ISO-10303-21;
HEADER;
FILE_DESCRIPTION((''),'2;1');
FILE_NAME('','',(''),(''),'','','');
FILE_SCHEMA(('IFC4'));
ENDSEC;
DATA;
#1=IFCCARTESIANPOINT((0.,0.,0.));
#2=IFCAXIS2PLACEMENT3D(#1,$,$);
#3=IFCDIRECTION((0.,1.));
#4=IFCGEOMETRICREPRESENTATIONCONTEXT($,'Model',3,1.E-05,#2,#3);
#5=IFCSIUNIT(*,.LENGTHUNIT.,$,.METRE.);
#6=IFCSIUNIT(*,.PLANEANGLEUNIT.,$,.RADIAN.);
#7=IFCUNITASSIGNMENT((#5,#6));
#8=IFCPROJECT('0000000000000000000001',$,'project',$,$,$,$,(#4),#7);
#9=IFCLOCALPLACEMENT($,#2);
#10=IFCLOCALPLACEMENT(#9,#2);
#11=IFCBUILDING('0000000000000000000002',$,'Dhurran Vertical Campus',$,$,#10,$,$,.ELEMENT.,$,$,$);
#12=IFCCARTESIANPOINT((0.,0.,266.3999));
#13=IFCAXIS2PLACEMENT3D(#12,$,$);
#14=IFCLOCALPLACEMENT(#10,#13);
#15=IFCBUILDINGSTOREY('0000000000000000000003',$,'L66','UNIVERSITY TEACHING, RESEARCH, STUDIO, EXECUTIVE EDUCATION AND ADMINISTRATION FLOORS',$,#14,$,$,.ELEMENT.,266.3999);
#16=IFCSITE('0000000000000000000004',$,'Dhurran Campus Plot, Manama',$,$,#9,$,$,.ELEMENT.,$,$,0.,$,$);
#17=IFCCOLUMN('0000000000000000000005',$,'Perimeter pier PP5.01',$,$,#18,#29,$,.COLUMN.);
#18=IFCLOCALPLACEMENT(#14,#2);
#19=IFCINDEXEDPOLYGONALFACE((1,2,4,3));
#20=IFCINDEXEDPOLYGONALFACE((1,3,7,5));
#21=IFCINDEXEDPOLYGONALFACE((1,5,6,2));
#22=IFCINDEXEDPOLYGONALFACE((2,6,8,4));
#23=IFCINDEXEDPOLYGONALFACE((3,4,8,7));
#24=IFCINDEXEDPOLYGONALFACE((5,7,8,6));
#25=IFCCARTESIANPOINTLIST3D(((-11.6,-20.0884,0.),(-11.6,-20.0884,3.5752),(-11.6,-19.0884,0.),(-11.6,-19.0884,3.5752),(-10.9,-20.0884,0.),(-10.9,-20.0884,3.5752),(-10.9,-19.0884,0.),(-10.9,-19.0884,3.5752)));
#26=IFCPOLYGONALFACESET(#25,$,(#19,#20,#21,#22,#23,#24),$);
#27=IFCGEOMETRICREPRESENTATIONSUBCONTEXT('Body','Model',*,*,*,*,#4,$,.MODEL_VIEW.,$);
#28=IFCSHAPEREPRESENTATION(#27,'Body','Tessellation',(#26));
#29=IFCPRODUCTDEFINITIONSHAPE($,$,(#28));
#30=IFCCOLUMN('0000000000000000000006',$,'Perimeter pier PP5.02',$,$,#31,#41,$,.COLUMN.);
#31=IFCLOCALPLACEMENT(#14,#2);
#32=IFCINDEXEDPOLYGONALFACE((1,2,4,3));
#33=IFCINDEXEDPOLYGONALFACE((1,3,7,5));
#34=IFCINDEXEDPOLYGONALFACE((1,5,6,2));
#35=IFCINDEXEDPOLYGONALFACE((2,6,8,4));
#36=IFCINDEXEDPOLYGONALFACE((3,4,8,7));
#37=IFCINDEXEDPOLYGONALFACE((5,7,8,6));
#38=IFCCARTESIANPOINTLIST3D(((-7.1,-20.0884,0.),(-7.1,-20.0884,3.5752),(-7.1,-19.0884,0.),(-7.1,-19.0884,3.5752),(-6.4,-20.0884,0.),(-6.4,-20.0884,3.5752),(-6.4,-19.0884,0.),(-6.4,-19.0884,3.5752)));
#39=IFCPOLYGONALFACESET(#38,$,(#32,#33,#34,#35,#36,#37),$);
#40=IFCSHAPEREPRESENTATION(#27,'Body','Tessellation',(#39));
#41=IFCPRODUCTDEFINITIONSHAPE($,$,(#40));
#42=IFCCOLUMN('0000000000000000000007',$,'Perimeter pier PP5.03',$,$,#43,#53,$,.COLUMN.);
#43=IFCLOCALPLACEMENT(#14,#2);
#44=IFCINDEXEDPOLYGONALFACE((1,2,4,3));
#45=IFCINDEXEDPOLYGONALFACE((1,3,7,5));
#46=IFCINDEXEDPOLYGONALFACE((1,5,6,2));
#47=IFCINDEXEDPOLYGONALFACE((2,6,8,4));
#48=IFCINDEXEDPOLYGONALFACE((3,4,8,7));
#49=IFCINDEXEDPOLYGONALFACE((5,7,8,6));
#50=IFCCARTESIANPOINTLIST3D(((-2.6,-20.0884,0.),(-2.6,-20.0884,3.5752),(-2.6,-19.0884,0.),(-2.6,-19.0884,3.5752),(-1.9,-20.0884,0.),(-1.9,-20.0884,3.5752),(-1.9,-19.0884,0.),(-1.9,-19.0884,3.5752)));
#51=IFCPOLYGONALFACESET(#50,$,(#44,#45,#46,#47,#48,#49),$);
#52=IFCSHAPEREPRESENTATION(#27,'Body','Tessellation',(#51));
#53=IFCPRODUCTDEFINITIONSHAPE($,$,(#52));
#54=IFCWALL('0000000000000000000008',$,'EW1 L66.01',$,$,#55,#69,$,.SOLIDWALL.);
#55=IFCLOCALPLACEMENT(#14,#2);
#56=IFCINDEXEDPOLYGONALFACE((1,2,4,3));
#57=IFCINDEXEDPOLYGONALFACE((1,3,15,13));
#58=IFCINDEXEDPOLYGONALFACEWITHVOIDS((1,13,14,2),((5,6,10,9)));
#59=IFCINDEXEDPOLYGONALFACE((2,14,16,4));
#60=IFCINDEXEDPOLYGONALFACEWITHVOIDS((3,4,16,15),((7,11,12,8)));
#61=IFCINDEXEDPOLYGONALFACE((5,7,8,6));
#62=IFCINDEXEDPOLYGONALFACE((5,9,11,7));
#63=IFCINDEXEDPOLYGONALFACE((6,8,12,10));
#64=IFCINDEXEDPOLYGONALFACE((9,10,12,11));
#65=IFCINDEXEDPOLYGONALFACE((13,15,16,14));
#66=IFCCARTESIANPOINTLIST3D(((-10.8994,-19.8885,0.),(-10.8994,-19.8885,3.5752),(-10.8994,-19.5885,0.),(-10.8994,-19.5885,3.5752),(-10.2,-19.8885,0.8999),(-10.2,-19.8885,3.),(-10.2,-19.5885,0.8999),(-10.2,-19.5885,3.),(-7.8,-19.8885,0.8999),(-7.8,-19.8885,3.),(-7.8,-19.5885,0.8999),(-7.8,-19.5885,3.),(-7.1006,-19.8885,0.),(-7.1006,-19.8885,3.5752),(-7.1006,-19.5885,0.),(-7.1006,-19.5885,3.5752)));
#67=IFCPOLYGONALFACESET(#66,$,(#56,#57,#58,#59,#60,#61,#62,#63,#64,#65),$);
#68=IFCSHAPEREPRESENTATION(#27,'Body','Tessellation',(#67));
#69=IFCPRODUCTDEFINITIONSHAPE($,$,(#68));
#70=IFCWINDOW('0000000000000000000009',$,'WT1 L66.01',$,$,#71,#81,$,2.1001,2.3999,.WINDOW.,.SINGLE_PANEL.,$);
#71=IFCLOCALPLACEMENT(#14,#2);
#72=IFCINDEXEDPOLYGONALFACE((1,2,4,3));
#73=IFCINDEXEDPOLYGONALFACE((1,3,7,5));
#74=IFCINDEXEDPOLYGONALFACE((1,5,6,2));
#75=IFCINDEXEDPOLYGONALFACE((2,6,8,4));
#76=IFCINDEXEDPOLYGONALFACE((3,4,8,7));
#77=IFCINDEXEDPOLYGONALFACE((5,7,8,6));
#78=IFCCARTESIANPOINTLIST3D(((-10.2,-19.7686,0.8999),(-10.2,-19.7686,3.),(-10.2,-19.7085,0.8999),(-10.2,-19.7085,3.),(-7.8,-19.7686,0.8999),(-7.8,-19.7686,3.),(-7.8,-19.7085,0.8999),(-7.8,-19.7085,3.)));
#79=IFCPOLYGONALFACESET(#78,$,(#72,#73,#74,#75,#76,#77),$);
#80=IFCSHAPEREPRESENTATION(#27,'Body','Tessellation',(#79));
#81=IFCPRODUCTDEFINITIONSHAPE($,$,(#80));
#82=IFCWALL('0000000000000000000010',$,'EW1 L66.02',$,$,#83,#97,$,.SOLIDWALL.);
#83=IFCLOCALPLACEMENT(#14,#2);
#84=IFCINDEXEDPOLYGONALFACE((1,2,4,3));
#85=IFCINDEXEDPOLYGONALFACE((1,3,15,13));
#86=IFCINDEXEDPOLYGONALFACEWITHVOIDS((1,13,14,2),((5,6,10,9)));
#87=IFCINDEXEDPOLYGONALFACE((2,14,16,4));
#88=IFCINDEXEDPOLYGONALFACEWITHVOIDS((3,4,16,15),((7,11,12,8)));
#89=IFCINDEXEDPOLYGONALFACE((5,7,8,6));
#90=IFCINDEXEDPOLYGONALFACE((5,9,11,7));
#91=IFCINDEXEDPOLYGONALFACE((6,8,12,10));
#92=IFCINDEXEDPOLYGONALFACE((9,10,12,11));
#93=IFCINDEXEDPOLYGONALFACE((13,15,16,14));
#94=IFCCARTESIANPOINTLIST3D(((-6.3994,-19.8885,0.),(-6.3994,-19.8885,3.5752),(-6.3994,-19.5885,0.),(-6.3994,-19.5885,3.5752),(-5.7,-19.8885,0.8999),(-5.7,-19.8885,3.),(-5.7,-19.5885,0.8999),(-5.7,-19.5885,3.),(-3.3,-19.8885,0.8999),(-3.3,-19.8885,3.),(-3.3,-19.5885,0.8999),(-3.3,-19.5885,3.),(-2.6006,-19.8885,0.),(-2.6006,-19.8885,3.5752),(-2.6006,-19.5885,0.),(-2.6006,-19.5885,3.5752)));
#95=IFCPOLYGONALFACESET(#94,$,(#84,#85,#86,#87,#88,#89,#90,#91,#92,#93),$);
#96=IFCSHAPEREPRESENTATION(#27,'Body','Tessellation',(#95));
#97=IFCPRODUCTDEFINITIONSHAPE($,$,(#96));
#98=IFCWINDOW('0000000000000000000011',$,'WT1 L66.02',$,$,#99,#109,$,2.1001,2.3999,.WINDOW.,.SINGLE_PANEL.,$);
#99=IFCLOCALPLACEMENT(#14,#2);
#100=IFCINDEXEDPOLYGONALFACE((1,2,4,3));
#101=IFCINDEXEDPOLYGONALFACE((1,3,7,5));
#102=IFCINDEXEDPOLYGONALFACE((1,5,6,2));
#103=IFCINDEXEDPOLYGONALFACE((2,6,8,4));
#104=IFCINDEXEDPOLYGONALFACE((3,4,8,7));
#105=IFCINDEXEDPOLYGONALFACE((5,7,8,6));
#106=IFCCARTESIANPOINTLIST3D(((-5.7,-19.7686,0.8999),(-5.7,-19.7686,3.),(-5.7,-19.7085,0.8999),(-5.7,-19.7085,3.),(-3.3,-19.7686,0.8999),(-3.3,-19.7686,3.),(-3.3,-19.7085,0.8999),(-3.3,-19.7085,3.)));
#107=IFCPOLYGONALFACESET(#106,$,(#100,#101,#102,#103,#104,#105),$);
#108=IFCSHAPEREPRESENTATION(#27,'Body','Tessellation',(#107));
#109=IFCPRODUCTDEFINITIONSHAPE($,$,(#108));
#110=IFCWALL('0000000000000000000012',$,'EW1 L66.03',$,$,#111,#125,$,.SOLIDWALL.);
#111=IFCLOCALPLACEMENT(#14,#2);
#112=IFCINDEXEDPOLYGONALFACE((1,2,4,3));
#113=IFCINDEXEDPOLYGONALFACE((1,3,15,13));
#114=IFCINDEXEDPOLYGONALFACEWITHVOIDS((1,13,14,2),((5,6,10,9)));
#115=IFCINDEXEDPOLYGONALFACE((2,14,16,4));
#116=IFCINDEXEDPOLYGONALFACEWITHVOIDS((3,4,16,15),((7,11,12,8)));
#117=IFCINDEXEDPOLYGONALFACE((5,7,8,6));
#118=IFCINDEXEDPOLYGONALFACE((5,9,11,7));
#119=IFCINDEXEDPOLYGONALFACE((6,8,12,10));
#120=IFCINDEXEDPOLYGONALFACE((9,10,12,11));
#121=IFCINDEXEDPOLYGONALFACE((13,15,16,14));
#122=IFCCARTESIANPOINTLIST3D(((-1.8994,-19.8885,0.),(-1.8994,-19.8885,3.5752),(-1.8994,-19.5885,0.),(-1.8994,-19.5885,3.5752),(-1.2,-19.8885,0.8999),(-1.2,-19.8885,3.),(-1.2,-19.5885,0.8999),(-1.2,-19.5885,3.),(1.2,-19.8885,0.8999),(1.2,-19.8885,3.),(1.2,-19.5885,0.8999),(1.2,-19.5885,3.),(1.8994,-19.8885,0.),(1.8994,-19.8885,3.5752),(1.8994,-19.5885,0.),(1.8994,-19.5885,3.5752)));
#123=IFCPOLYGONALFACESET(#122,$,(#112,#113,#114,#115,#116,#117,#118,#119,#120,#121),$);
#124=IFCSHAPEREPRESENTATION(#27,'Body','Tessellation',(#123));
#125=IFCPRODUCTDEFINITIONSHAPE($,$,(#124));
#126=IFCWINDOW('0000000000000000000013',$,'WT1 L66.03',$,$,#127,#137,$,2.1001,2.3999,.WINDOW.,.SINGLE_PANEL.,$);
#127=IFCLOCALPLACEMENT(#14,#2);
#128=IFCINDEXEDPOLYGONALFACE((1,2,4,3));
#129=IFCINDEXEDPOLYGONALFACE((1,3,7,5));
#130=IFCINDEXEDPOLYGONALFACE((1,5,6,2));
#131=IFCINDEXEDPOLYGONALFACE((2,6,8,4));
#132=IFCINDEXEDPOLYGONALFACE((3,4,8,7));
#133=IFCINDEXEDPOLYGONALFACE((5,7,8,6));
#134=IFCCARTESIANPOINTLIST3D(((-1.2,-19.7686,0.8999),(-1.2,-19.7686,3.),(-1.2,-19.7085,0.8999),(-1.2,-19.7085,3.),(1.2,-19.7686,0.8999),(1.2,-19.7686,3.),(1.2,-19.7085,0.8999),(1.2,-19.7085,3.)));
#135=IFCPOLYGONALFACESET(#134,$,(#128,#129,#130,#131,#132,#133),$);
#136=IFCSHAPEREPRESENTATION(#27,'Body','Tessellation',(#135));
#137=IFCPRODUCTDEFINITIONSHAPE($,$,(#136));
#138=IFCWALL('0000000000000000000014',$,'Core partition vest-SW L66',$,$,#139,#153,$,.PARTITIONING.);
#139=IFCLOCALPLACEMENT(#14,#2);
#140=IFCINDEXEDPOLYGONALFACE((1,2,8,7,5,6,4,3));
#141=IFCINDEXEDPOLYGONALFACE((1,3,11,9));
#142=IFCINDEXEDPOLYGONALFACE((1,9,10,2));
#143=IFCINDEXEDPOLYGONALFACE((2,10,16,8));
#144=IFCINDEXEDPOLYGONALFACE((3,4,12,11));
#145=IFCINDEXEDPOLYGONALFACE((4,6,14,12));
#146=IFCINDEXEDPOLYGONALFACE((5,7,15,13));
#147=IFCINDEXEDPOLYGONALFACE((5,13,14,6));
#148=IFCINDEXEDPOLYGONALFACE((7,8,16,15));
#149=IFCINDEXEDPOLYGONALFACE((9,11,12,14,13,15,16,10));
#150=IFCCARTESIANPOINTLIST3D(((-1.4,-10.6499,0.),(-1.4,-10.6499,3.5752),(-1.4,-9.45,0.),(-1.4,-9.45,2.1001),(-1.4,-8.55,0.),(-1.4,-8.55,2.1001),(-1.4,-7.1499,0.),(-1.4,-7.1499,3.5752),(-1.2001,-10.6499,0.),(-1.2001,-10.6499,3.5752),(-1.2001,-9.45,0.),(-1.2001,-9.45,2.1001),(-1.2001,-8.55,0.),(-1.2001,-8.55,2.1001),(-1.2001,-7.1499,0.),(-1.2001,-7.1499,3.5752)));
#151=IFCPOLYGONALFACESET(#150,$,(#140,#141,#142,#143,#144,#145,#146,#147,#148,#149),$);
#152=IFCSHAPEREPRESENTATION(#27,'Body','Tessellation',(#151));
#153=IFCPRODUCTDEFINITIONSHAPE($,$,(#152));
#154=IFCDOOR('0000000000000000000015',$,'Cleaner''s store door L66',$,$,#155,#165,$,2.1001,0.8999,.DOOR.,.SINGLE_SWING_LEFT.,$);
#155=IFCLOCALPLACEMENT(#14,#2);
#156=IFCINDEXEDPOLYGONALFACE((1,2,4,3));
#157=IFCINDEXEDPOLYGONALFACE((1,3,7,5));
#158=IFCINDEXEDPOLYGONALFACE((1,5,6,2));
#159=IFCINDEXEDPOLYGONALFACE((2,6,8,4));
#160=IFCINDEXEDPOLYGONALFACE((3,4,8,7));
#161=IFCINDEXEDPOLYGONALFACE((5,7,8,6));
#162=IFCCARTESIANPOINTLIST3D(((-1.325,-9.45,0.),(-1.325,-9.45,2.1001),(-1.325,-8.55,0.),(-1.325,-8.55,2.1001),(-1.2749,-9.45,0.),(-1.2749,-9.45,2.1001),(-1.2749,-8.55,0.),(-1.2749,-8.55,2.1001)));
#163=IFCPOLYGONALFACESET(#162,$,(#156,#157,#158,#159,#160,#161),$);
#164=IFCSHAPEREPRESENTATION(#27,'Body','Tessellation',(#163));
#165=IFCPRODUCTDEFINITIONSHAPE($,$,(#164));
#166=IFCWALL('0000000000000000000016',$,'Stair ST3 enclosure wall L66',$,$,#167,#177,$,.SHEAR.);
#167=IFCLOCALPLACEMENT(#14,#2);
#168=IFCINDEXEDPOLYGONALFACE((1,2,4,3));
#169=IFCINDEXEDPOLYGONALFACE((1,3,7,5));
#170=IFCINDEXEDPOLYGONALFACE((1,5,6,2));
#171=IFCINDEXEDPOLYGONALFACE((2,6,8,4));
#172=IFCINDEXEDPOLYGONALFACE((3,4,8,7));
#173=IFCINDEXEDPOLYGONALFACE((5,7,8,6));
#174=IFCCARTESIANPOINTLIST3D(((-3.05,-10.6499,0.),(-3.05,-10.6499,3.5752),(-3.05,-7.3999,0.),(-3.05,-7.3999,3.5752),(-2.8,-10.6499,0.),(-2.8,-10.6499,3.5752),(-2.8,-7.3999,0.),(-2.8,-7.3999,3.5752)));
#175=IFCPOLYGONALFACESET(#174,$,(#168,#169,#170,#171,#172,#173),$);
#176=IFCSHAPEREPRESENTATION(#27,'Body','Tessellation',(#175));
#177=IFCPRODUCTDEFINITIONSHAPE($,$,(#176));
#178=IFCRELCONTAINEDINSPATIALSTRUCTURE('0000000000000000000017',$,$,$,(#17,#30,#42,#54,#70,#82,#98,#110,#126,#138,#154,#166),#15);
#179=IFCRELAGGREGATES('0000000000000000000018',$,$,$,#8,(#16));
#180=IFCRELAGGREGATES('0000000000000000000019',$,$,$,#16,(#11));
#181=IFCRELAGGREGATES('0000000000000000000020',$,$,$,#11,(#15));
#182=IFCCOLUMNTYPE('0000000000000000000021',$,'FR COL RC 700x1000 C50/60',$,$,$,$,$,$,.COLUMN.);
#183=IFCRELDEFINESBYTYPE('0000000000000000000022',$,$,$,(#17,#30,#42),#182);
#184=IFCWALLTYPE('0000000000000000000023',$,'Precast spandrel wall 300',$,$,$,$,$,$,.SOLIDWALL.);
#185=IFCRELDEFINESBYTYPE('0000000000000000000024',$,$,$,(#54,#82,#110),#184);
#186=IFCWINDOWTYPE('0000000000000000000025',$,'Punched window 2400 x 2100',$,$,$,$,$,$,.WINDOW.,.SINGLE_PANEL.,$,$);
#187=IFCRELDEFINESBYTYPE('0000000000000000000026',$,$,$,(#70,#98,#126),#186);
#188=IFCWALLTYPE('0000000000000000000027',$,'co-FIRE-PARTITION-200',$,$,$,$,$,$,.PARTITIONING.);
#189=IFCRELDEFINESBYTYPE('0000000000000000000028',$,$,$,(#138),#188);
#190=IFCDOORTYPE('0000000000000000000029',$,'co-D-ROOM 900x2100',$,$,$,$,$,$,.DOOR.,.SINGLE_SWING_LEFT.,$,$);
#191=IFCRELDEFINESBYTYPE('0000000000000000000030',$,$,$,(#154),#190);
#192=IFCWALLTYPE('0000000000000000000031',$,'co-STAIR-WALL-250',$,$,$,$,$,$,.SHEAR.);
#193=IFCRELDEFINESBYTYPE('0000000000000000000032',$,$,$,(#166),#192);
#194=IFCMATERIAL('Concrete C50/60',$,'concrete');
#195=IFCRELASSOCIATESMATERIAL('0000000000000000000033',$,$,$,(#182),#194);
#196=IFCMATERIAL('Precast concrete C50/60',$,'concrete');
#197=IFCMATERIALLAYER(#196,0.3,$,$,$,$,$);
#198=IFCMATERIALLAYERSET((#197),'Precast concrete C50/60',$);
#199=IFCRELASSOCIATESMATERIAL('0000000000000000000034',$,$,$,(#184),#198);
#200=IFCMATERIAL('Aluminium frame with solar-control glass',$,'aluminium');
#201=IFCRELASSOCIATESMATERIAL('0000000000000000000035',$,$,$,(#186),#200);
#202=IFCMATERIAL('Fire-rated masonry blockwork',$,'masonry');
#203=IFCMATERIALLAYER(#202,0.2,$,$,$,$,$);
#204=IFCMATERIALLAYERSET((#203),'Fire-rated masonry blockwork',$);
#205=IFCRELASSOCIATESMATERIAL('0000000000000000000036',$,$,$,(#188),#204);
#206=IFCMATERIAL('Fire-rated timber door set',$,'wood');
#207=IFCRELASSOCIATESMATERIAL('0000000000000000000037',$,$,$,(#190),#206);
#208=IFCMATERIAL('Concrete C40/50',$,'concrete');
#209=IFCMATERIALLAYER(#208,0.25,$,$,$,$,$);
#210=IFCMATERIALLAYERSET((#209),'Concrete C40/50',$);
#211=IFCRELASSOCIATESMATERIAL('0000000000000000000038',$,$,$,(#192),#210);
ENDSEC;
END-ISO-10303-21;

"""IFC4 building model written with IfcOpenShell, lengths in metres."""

from ifc_helpers import new_model, si_unit, direction, frame, frame_2d, origin, origin_2d, place, context, subcontext, project, spatial, rectangle, extrude, material, layer, layer_set, material_profile, profile_set, type_object, element, fill, save


model = new_model("IFC4")

# Units and contexts
model_context = context("Model", 3, precision=1e-05, world=origin(), true_north=direction((0.0, 1.0)))
body_context = subcontext(model_context, "Body", "Model", "MODEL_VIEW")
ifc_project = project(units=[si_unit("LENGTHUNIT", "METRE"), si_unit("PLANEANGLEUNIT", "RADIAN")], contexts=[model_context])

# Site, building, storey
site_placement = place(None, origin())
site = spatial("IfcSite", under=ifc_project, at=site_placement, Name="Dhurran Campus Plot, Manama", CompositionType="ELEMENT", RefElevation=0.0)
building_placement = place(site_placement, origin())
building = spatial("IfcBuilding", under=site, at=building_placement, Name="Dhurran Vertical Campus", CompositionType="ELEMENT")
storey_placement = place(building_placement, frame((0.0, 0.0, 266.3999)))
storey = spatial("IfcBuildingStorey", under=building, at=storey_placement, Name="L66", Description="UNIVERSITY TEACHING, RESEARCH, STUDIO, EXECUTIVE EDUCATION AND ADMINISTRATION FLOORS", CompositionType="ELEMENT", Elevation=266.3999)

# Columns
ifc_material_1 = material(Name="Concrete C50/60", Category="concrete")
ifc_material_profile = material_profile(ifc_material_1, rectangle(XDim=0.7, YDim=1.0, at=origin_2d()), Name="RC 700x1000")
ifc_profile_set = profile_set([ifc_material_profile], Name="Concrete C50/60")
column_type = type_object("IfcColumnType", Name="FR COL RC 700x1000 C50/60", PredefinedType="COLUMN", material=ifc_profile_set)
for number, where, z_axis, x_axis, name in (
    (1, (-11.25, -19.5884, 0.0), (0.0, 0.0, 1.0), (1.0, 0.0, 0.0), "Perimeter pier PP5.01"),
    (2, (-6.75, -19.5884, 0.0), (0.0, 0.0, 1.0), (1.0, 0.0, 0.0), "Perimeter pier PP5.02"),
    (3, (-2.25, -19.5884, 0.0), (0.0, 0.0, 1.0), (1.0, 0.0, 0.0), "Perimeter pier PP5.03"),
):
    element("IfcColumn", number, at=place(storey_placement, frame(where, z_axis=z_axis, x_axis=x_axis)), inside=storey, type_object=column_type, Name=name, PredefinedType="COLUMN", context=body_context, shape_type="SweptSolid", body=[
        extrude(rectangle(XDim=0.7, YDim=1.0, at=origin_2d()), origin(), (0.0, 0.0, 1.0), 3.5752),
    ])

# Walls, openings, windows
ifc_material_2 = material(Name="Precast concrete C50/60", Category="concrete")
ifc_layer_1 = layer(ifc_material_2, 0.3)
ifc_layer_set_1 = layer_set([ifc_layer_1], Name="Precast concrete C50/60")
wall_type_1 = type_object("IfcWallType", Name="Precast spandrel wall 300", PredefinedType="SOLIDWALL", material=ifc_layer_set_1)
wall_1_placement = place(storey_placement, frame((-10.8994, -19.7385, 0.0), z_axis=(0.0, 0.0, 1.0), x_axis=(1.0, 0.0, 0.0)))
wall_1 = element("IfcWall", 4, at=wall_1_placement, inside=storey, type_object=wall_type_1, Name="EW1 L66.01", PredefinedType="SOLIDWALL", context=body_context, shape_type="SweptSolid", body=[
    extrude(rectangle(XDim=3.7988, YDim=0.3, at=frame_2d((1.8994, 0.0))), origin(), (0.0, 0.0, 1.0), 3.5752),
])
opening_1_placement = place(wall_1_placement, frame((0.6995, 0.0, 0.8999)))
opening_1 = element("IfcOpeningElement", 5, at=opening_1_placement, cuts=wall_1, PredefinedType="OPENING", context=body_context, shape_type="SweptSolid", body=[
    extrude(rectangle(XDim=2.3999, YDim=2.1001, at=frame_2d((1.2, 1.05))), frame((0.0, 0.1599, 0.0), z_axis=(0.0, -1.0, 0.0), x_axis=(1.0, 0.0, 0.0)), (0.0, 0.0, 1.0), 0.3201),
])
ifc_material_3 = material(Name="Aluminium frame with solar-control glass", Category="aluminium")
window_type = type_object("IfcWindowType", Name="Punched window 2400 x 2100", PartitioningType="SINGLE_PANEL", PredefinedType="WINDOW", material=ifc_material_3)
window_1_placement = place(opening_1_placement, origin())
window_1 = element("IfcWindow", 6, at=window_1_placement, inside=storey, type_object=window_type, Name="WT1 L66.01", OverallHeight=2.1001, OverallWidth=2.3999, PartitioningType="SINGLE_PANEL", PredefinedType="WINDOW", context=body_context, shape_type="SweptSolid", body=[
    extrude(rectangle(XDim=2.3999, YDim=2.1001, at=frame_2d((1.2, 1.05))), frame((0.0, 0.03, 0.0), z_axis=(0.0, -1.0, 0.0), x_axis=(1.0, 0.0, 0.0)), (0.0, 0.0, 1.0), 0.0601),
])
fill(opening_1, window_1)
wall_2_placement = place(storey_placement, frame((-6.3994, -19.7385, 0.0), z_axis=(0.0, 0.0, 1.0), x_axis=(1.0, 0.0, 0.0)))
wall_2 = element("IfcWall", 7, at=wall_2_placement, inside=storey, type_object=wall_type_1, Name="EW1 L66.02", PredefinedType="SOLIDWALL", context=body_context, shape_type="SweptSolid", body=[
    extrude(rectangle(XDim=3.7988, YDim=0.3, at=frame_2d((1.8994, 0.0))), origin(), (0.0, 0.0, 1.0), 3.5752),
])
opening_2_placement = place(wall_2_placement, frame((0.6995, 0.0, 0.8999)))
opening_2 = element("IfcOpeningElement", 8, at=opening_2_placement, cuts=wall_2, PredefinedType="OPENING", context=body_context, shape_type="SweptSolid", body=[
    extrude(rectangle(XDim=2.3999, YDim=2.1001, at=frame_2d((1.2, 1.05))), frame((0.0, 0.1599, 0.0), z_axis=(0.0, -1.0, 0.0), x_axis=(1.0, 0.0, 0.0)), (0.0, 0.0, 1.0), 0.3201),
])
window_2_placement = place(opening_2_placement, origin())
window_2 = element("IfcWindow", 9, at=window_2_placement, inside=storey, type_object=window_type, Name="WT1 L66.02", OverallHeight=2.1001, OverallWidth=2.3999, PartitioningType="SINGLE_PANEL", PredefinedType="WINDOW", context=body_context, shape_type="SweptSolid", body=[
    extrude(rectangle(XDim=2.3999, YDim=2.1001, at=frame_2d((1.2, 1.05))), frame((0.0, 0.03, 0.0), z_axis=(0.0, -1.0, 0.0), x_axis=(1.0, 0.0, 0.0)), (0.0, 0.0, 1.0), 0.0601),
])
fill(opening_2, window_2)
wall_3_placement = place(storey_placement, frame((-1.8994, -19.7385, 0.0), z_axis=(0.0, 0.0, 1.0), x_axis=(1.0, 0.0, 0.0)))
wall_3 = element("IfcWall", 10, at=wall_3_placement, inside=storey, type_object=wall_type_1, Name="EW1 L66.03", PredefinedType="SOLIDWALL", context=body_context, shape_type="SweptSolid", body=[
    extrude(rectangle(XDim=3.7988, YDim=0.3, at=frame_2d((1.8994, 0.0))), origin(), (0.0, 0.0, 1.0), 3.5752),
])
opening_3_placement = place(wall_3_placement, frame((0.6995, 0.0, 0.8999)))
opening_3 = element("IfcOpeningElement", 11, at=opening_3_placement, cuts=wall_3, PredefinedType="OPENING", context=body_context, shape_type="SweptSolid", body=[
    extrude(rectangle(XDim=2.3999, YDim=2.1001, at=frame_2d((1.2, 1.05))), frame((0.0, 0.1599, 0.0), z_axis=(0.0, -1.0, 0.0), x_axis=(1.0, 0.0, 0.0)), (0.0, 0.0, 1.0), 0.3201),
])
window_3_placement = place(opening_3_placement, origin())
window_3 = element("IfcWindow", 12, at=window_3_placement, inside=storey, type_object=window_type, Name="WT1 L66.03", OverallHeight=2.1001, OverallWidth=2.3999, PartitioningType="SINGLE_PANEL", PredefinedType="WINDOW", context=body_context, shape_type="SweptSolid", body=[
    extrude(rectangle(XDim=2.3999, YDim=2.1001, at=frame_2d((1.2, 1.05))), frame((0.0, 0.03, 0.0), z_axis=(0.0, -1.0, 0.0), x_axis=(1.0, 0.0, 0.0)), (0.0, 0.0, 1.0), 0.0601),
])
fill(opening_3, window_3)

# Wall, opening, door
ifc_material_4 = material(Name="Fire-rated masonry blockwork", Category="masonry")
ifc_layer_2 = layer(ifc_material_4, 0.2)
ifc_layer_set_2 = layer_set([ifc_layer_2], Name="Fire-rated masonry blockwork")
wall_type_2 = type_object("IfcWallType", Name="co-FIRE-PARTITION-200", PredefinedType="PARTITIONING", material=ifc_layer_set_2)
wall_4_placement = place(storey_placement, frame((-1.3, -10.6499, 0.0), z_axis=(0.0, 0.0, 1.0), x_axis=(0.0, 1.0, 0.0)))
wall_4 = element("IfcWall", 13, at=wall_4_placement, inside=storey, type_object=wall_type_2, Name="Core partition vest-SW L66", PredefinedType="PARTITIONING", context=body_context, shape_type="SweptSolid", body=[
    extrude(rectangle(XDim=3.5, YDim=0.2, at=frame_2d((1.75, 0.0))), origin(), (0.0, 0.0, 1.0), 3.5752),
])
opening_4_placement = place(wall_4_placement, frame((1.2, 0.0, 0.0)))
opening_4 = element("IfcOpeningElement", 14, at=opening_4_placement, cuts=wall_4, PredefinedType="OPENING", context=body_context, shape_type="SweptSolid", body=[
    extrude(rectangle(XDim=0.8999, YDim=2.1001, at=frame_2d((0.45, 1.05))), frame((0.0, 0.1099, 0.0), z_axis=(0.0, -1.0, 0.0), x_axis=(1.0, 0.0, 0.0)), (0.0, 0.0, 1.0), 0.22),
])
ifc_material_5 = material(Name="Fire-rated timber door set", Category="wood")
door_type_1 = type_object("IfcDoorType", Name="co-D-ROOM 900x2100", OperationType="SINGLE_SWING_LEFT", PredefinedType="DOOR", material=ifc_material_5)
door_1_placement = place(opening_4_placement, origin())
door_1 = element("IfcDoor", 15, at=door_1_placement, inside=storey, type_object=door_type_1, Name="Cleaner's store door L66", OperationType="SINGLE_SWING_LEFT", OverallHeight=2.1001, OverallWidth=0.8999, PredefinedType="DOOR", context=body_context, shape_type="SweptSolid", body=[
    extrude(rectangle(XDim=0.8999, YDim=2.1001, at=frame_2d((0.45, 1.05))), frame((0.0, 0.0249, 0.0), z_axis=(0.0, -1.0, 0.0), x_axis=(1.0, 0.0, 0.0)), (0.0, 0.0, 1.0), 0.05),
])
fill(opening_4, door_1)

# Wall
ifc_material_6 = material(Name="Concrete C40/50", Category="concrete")
ifc_layer_3 = layer(ifc_material_6, 0.25)
ifc_layer_set_3 = layer_set([ifc_layer_3], Name="Concrete C40/50")
wall_type_3 = type_object("IfcWallType", Name="co-STAIR-WALL-250", PredefinedType="SHEAR", material=ifc_layer_set_3)
wall_5_placement = place(storey_placement, frame((-2.925, -10.6499, 0.0), z_axis=(0.0, 0.0, 1.0), x_axis=(0.0, 1.0, 0.0)))
element("IfcWall", 16, at=wall_5_placement, inside=storey, type_object=wall_type_3, Name="Stair ST3 enclosure wall L66", PredefinedType="SHEAR", context=body_context, shape_type="SweptSolid", body=[
    extrude(rectangle(XDim=3.25, YDim=0.25, at=frame_2d((1.625, 0.0))), origin(), (0.0, 0.0, 1.0), 3.5752),
])

save(model, "model.ifc")
